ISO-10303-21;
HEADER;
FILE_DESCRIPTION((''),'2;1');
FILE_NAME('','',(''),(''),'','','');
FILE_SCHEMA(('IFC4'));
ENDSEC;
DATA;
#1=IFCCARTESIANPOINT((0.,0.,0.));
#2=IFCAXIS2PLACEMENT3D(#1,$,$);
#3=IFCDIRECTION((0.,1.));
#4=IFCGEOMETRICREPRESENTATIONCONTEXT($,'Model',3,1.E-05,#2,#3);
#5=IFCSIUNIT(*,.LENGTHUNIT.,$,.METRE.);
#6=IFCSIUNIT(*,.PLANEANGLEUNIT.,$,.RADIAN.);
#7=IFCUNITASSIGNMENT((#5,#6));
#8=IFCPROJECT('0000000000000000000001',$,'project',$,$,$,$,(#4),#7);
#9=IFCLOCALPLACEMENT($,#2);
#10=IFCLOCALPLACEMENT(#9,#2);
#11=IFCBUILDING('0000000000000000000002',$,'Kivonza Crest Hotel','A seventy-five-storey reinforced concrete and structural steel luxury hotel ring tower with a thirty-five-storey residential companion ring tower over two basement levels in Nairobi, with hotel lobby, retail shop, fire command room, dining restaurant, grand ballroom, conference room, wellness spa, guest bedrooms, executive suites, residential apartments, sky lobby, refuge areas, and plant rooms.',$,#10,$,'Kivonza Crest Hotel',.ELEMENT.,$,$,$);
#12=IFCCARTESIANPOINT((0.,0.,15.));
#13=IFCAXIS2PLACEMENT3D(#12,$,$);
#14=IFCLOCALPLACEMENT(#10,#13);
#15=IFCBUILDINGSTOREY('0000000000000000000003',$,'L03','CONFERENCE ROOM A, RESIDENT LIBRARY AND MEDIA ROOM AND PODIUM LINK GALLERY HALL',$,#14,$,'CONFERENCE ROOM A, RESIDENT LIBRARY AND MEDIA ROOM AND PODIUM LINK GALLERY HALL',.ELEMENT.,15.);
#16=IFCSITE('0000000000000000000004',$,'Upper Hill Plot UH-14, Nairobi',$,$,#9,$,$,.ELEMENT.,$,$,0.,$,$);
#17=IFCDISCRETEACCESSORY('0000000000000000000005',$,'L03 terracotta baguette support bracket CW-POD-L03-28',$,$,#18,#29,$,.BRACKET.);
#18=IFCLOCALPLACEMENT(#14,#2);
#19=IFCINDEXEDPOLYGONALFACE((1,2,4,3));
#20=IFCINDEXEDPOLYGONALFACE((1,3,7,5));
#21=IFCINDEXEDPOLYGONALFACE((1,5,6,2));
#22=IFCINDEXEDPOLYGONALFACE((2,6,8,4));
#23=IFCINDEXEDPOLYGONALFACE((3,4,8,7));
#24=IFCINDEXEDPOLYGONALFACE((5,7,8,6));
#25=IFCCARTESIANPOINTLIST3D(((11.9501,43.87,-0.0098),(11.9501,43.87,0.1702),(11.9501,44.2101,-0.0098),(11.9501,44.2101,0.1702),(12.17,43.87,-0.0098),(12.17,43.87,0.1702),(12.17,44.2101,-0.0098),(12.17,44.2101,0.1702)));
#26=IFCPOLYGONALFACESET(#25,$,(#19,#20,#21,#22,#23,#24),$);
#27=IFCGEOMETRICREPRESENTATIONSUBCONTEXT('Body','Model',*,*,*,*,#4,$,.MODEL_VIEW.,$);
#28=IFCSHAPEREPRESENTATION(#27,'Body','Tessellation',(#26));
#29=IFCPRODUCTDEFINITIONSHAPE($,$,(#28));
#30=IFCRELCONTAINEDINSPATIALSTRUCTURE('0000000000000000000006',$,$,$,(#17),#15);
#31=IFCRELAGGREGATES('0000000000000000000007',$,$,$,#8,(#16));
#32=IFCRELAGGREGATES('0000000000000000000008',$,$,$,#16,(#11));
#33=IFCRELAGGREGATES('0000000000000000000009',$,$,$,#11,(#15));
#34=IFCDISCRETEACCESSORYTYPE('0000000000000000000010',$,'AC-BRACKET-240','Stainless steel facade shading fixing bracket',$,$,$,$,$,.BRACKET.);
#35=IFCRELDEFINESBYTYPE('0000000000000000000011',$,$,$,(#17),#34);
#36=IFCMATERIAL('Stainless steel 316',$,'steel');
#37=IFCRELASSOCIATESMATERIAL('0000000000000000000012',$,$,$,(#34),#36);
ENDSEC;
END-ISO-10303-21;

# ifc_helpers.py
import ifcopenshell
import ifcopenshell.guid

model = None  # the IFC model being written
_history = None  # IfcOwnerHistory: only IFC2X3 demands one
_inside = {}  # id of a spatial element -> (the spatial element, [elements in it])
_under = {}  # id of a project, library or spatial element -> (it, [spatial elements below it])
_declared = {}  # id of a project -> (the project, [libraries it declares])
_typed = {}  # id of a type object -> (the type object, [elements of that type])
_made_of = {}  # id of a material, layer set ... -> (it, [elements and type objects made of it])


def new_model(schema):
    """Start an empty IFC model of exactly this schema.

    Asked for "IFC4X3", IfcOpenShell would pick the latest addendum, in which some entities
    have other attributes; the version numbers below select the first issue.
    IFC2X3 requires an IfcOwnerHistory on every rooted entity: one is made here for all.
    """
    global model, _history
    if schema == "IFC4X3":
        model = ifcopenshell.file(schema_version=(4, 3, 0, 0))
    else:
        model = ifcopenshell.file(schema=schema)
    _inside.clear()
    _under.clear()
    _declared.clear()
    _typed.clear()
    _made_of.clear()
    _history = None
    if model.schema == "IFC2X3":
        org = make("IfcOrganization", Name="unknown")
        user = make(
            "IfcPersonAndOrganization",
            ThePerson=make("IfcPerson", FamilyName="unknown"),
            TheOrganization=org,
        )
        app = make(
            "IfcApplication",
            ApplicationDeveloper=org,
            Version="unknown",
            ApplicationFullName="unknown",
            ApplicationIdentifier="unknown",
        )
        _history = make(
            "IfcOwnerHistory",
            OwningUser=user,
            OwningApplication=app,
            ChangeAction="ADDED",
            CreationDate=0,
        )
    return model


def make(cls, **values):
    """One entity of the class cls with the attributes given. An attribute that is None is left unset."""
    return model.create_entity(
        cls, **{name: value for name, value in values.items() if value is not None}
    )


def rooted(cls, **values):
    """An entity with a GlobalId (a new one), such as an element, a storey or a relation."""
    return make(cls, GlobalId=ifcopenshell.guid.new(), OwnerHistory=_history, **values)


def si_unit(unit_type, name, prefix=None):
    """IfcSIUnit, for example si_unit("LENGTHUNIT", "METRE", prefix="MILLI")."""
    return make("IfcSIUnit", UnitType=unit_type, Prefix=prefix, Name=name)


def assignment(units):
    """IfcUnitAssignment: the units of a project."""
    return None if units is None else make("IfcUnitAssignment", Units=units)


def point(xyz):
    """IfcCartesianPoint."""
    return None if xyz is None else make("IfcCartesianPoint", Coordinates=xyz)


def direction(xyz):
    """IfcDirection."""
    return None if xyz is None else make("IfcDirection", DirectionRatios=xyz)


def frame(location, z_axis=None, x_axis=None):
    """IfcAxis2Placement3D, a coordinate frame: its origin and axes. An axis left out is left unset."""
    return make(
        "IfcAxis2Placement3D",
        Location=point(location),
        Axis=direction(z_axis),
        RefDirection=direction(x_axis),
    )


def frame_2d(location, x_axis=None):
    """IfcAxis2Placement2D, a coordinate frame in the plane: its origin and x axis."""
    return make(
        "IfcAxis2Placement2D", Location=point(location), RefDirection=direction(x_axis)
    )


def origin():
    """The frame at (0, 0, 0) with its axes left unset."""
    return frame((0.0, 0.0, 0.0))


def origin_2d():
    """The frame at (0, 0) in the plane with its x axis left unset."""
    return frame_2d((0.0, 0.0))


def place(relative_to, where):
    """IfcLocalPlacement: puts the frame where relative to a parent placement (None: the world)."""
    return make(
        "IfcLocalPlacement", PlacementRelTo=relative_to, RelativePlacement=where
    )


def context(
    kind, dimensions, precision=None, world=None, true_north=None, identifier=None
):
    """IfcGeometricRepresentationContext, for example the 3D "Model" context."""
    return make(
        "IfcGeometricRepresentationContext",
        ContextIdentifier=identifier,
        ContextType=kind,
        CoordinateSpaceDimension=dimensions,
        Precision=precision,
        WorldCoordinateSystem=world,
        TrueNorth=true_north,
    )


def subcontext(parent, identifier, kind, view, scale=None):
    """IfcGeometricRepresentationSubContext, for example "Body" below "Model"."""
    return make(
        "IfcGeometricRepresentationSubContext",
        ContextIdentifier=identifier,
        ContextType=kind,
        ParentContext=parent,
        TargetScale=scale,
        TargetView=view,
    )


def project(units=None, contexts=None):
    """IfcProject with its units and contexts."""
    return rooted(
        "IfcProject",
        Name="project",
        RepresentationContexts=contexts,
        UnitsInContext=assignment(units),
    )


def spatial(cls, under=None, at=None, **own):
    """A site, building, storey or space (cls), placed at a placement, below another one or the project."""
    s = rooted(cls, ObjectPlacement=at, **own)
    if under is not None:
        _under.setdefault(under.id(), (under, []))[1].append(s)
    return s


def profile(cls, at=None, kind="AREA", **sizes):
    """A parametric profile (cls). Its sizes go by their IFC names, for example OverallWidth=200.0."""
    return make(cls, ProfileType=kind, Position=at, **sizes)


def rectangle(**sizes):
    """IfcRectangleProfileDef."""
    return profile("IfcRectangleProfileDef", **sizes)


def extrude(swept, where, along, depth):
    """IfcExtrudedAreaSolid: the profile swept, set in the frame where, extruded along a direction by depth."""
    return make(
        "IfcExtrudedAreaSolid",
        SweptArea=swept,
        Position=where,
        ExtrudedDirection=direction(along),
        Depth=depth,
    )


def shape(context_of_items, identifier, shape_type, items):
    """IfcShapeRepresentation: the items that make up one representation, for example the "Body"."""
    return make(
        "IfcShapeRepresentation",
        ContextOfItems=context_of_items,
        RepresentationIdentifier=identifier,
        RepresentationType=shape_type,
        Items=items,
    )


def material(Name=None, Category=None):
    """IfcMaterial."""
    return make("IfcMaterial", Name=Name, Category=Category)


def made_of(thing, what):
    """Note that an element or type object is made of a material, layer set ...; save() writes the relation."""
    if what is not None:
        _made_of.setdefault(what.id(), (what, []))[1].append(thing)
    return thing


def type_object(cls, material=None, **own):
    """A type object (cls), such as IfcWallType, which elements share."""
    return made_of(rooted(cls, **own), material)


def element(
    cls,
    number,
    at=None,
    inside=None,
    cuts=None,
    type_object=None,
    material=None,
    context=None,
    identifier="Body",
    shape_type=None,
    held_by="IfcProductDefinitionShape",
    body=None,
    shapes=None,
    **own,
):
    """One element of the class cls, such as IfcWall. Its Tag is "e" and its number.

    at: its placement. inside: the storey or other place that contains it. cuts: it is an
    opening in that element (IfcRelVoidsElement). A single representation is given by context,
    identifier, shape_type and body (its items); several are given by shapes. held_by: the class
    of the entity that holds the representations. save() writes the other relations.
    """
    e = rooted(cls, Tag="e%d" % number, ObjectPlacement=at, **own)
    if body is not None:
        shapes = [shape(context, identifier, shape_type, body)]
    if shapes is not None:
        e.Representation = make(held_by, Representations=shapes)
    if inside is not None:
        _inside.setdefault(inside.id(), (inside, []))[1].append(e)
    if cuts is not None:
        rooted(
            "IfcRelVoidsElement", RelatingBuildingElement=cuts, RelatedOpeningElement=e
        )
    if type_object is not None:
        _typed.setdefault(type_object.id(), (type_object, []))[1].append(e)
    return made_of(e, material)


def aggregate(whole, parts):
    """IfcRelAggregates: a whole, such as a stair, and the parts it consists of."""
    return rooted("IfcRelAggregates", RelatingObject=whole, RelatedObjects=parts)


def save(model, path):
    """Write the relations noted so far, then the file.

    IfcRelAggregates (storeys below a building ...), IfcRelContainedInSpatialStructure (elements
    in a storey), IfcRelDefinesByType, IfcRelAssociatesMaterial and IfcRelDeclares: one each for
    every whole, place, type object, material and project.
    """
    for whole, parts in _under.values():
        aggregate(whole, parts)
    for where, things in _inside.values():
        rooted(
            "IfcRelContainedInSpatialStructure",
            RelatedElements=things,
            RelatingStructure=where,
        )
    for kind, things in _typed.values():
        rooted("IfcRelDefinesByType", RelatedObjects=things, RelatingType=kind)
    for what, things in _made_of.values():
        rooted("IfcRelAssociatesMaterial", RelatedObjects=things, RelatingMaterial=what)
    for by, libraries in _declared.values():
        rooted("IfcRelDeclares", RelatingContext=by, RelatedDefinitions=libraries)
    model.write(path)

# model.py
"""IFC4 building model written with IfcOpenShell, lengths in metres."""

from ifc_helpers import new_model, si_unit, direction, frame, origin, origin_2d, place, context, subcontext, project, spatial, rectangle, extrude, material, type_object, element, save


model = new_model("IFC4")

# Units and contexts
model_context = context("Model", 3, precision=1e-05, world=origin(), true_north=direction((0.0, 1.0)))
body_context = subcontext(model_context, "Body", "Model", "MODEL_VIEW")
ifc_project = project(units=[si_unit("LENGTHUNIT", "METRE"), si_unit("PLANEANGLEUNIT", "RADIAN")], contexts=[model_context])

# Site, building, storey
site_placement = place(None, origin())
site = spatial("IfcSite", under=ifc_project, at=site_placement, Name="Upper Hill Plot UH-14, Nairobi", CompositionType="ELEMENT", RefElevation=0.0)
building_placement = place(site_placement, origin())
building = spatial("IfcBuilding", under=site, at=building_placement, Name="Kivonza Crest Hotel", Description="A seventy-five-storey reinforced concrete and structural steel luxury hotel ring tower with a thirty-five-storey residential companion ring tower over two basement levels in Nairobi, with hotel lobby, retail shop, fire command room, dining restaurant, grand ballroom, conference room, wellness spa, guest bedrooms, executive suites, residential apartments, sky lobby, refuge areas, and plant rooms.", LongName="Kivonza Crest Hotel", CompositionType="ELEMENT")
storey_placement = place(building_placement, frame((0.0, 0.0, 15.0)))
storey = spatial("IfcBuildingStorey", under=building, at=storey_placement, Name="L03", Description="CONFERENCE ROOM A, RESIDENT LIBRARY AND MEDIA ROOM AND PODIUM LINK GALLERY HALL", LongName="CONFERENCE ROOM A, RESIDENT LIBRARY AND MEDIA ROOM AND PODIUM LINK GALLERY HALL", CompositionType="ELEMENT", Elevation=15.0)

# Discrete accessory
ifc_material_1 = material(Name="Stainless steel 316", Category="steel")
discrete_accessory_type = type_object("IfcDiscreteAccessoryType", Name="AC-BRACKET-240", Description="Stainless steel facade shading fixing bracket", PredefinedType="BRACKET", material=ifc_material_1)
discrete_accessory_placement = place(storey_placement, frame((12.0601, 44.04, -0.0098), z_axis=(0.0, 0.0, 1.0), x_axis=(-1.0, 0.0, 0.0)))
element("IfcDiscreteAccessory", 1, at=discrete_accessory_placement, inside=storey, type_object=discrete_accessory_type, Name="L03 terracotta baguette support bracket CW-POD-L03-28", PredefinedType="BRACKET", context=body_context, shape_type="SweptSolid", body=[
    extrude(rectangle(XDim=0.22, YDim=0.3401, at=origin_2d()), origin(), (0.0, 0.0, 1.0), 0.1799),
])

save(model, "model.ifc")
